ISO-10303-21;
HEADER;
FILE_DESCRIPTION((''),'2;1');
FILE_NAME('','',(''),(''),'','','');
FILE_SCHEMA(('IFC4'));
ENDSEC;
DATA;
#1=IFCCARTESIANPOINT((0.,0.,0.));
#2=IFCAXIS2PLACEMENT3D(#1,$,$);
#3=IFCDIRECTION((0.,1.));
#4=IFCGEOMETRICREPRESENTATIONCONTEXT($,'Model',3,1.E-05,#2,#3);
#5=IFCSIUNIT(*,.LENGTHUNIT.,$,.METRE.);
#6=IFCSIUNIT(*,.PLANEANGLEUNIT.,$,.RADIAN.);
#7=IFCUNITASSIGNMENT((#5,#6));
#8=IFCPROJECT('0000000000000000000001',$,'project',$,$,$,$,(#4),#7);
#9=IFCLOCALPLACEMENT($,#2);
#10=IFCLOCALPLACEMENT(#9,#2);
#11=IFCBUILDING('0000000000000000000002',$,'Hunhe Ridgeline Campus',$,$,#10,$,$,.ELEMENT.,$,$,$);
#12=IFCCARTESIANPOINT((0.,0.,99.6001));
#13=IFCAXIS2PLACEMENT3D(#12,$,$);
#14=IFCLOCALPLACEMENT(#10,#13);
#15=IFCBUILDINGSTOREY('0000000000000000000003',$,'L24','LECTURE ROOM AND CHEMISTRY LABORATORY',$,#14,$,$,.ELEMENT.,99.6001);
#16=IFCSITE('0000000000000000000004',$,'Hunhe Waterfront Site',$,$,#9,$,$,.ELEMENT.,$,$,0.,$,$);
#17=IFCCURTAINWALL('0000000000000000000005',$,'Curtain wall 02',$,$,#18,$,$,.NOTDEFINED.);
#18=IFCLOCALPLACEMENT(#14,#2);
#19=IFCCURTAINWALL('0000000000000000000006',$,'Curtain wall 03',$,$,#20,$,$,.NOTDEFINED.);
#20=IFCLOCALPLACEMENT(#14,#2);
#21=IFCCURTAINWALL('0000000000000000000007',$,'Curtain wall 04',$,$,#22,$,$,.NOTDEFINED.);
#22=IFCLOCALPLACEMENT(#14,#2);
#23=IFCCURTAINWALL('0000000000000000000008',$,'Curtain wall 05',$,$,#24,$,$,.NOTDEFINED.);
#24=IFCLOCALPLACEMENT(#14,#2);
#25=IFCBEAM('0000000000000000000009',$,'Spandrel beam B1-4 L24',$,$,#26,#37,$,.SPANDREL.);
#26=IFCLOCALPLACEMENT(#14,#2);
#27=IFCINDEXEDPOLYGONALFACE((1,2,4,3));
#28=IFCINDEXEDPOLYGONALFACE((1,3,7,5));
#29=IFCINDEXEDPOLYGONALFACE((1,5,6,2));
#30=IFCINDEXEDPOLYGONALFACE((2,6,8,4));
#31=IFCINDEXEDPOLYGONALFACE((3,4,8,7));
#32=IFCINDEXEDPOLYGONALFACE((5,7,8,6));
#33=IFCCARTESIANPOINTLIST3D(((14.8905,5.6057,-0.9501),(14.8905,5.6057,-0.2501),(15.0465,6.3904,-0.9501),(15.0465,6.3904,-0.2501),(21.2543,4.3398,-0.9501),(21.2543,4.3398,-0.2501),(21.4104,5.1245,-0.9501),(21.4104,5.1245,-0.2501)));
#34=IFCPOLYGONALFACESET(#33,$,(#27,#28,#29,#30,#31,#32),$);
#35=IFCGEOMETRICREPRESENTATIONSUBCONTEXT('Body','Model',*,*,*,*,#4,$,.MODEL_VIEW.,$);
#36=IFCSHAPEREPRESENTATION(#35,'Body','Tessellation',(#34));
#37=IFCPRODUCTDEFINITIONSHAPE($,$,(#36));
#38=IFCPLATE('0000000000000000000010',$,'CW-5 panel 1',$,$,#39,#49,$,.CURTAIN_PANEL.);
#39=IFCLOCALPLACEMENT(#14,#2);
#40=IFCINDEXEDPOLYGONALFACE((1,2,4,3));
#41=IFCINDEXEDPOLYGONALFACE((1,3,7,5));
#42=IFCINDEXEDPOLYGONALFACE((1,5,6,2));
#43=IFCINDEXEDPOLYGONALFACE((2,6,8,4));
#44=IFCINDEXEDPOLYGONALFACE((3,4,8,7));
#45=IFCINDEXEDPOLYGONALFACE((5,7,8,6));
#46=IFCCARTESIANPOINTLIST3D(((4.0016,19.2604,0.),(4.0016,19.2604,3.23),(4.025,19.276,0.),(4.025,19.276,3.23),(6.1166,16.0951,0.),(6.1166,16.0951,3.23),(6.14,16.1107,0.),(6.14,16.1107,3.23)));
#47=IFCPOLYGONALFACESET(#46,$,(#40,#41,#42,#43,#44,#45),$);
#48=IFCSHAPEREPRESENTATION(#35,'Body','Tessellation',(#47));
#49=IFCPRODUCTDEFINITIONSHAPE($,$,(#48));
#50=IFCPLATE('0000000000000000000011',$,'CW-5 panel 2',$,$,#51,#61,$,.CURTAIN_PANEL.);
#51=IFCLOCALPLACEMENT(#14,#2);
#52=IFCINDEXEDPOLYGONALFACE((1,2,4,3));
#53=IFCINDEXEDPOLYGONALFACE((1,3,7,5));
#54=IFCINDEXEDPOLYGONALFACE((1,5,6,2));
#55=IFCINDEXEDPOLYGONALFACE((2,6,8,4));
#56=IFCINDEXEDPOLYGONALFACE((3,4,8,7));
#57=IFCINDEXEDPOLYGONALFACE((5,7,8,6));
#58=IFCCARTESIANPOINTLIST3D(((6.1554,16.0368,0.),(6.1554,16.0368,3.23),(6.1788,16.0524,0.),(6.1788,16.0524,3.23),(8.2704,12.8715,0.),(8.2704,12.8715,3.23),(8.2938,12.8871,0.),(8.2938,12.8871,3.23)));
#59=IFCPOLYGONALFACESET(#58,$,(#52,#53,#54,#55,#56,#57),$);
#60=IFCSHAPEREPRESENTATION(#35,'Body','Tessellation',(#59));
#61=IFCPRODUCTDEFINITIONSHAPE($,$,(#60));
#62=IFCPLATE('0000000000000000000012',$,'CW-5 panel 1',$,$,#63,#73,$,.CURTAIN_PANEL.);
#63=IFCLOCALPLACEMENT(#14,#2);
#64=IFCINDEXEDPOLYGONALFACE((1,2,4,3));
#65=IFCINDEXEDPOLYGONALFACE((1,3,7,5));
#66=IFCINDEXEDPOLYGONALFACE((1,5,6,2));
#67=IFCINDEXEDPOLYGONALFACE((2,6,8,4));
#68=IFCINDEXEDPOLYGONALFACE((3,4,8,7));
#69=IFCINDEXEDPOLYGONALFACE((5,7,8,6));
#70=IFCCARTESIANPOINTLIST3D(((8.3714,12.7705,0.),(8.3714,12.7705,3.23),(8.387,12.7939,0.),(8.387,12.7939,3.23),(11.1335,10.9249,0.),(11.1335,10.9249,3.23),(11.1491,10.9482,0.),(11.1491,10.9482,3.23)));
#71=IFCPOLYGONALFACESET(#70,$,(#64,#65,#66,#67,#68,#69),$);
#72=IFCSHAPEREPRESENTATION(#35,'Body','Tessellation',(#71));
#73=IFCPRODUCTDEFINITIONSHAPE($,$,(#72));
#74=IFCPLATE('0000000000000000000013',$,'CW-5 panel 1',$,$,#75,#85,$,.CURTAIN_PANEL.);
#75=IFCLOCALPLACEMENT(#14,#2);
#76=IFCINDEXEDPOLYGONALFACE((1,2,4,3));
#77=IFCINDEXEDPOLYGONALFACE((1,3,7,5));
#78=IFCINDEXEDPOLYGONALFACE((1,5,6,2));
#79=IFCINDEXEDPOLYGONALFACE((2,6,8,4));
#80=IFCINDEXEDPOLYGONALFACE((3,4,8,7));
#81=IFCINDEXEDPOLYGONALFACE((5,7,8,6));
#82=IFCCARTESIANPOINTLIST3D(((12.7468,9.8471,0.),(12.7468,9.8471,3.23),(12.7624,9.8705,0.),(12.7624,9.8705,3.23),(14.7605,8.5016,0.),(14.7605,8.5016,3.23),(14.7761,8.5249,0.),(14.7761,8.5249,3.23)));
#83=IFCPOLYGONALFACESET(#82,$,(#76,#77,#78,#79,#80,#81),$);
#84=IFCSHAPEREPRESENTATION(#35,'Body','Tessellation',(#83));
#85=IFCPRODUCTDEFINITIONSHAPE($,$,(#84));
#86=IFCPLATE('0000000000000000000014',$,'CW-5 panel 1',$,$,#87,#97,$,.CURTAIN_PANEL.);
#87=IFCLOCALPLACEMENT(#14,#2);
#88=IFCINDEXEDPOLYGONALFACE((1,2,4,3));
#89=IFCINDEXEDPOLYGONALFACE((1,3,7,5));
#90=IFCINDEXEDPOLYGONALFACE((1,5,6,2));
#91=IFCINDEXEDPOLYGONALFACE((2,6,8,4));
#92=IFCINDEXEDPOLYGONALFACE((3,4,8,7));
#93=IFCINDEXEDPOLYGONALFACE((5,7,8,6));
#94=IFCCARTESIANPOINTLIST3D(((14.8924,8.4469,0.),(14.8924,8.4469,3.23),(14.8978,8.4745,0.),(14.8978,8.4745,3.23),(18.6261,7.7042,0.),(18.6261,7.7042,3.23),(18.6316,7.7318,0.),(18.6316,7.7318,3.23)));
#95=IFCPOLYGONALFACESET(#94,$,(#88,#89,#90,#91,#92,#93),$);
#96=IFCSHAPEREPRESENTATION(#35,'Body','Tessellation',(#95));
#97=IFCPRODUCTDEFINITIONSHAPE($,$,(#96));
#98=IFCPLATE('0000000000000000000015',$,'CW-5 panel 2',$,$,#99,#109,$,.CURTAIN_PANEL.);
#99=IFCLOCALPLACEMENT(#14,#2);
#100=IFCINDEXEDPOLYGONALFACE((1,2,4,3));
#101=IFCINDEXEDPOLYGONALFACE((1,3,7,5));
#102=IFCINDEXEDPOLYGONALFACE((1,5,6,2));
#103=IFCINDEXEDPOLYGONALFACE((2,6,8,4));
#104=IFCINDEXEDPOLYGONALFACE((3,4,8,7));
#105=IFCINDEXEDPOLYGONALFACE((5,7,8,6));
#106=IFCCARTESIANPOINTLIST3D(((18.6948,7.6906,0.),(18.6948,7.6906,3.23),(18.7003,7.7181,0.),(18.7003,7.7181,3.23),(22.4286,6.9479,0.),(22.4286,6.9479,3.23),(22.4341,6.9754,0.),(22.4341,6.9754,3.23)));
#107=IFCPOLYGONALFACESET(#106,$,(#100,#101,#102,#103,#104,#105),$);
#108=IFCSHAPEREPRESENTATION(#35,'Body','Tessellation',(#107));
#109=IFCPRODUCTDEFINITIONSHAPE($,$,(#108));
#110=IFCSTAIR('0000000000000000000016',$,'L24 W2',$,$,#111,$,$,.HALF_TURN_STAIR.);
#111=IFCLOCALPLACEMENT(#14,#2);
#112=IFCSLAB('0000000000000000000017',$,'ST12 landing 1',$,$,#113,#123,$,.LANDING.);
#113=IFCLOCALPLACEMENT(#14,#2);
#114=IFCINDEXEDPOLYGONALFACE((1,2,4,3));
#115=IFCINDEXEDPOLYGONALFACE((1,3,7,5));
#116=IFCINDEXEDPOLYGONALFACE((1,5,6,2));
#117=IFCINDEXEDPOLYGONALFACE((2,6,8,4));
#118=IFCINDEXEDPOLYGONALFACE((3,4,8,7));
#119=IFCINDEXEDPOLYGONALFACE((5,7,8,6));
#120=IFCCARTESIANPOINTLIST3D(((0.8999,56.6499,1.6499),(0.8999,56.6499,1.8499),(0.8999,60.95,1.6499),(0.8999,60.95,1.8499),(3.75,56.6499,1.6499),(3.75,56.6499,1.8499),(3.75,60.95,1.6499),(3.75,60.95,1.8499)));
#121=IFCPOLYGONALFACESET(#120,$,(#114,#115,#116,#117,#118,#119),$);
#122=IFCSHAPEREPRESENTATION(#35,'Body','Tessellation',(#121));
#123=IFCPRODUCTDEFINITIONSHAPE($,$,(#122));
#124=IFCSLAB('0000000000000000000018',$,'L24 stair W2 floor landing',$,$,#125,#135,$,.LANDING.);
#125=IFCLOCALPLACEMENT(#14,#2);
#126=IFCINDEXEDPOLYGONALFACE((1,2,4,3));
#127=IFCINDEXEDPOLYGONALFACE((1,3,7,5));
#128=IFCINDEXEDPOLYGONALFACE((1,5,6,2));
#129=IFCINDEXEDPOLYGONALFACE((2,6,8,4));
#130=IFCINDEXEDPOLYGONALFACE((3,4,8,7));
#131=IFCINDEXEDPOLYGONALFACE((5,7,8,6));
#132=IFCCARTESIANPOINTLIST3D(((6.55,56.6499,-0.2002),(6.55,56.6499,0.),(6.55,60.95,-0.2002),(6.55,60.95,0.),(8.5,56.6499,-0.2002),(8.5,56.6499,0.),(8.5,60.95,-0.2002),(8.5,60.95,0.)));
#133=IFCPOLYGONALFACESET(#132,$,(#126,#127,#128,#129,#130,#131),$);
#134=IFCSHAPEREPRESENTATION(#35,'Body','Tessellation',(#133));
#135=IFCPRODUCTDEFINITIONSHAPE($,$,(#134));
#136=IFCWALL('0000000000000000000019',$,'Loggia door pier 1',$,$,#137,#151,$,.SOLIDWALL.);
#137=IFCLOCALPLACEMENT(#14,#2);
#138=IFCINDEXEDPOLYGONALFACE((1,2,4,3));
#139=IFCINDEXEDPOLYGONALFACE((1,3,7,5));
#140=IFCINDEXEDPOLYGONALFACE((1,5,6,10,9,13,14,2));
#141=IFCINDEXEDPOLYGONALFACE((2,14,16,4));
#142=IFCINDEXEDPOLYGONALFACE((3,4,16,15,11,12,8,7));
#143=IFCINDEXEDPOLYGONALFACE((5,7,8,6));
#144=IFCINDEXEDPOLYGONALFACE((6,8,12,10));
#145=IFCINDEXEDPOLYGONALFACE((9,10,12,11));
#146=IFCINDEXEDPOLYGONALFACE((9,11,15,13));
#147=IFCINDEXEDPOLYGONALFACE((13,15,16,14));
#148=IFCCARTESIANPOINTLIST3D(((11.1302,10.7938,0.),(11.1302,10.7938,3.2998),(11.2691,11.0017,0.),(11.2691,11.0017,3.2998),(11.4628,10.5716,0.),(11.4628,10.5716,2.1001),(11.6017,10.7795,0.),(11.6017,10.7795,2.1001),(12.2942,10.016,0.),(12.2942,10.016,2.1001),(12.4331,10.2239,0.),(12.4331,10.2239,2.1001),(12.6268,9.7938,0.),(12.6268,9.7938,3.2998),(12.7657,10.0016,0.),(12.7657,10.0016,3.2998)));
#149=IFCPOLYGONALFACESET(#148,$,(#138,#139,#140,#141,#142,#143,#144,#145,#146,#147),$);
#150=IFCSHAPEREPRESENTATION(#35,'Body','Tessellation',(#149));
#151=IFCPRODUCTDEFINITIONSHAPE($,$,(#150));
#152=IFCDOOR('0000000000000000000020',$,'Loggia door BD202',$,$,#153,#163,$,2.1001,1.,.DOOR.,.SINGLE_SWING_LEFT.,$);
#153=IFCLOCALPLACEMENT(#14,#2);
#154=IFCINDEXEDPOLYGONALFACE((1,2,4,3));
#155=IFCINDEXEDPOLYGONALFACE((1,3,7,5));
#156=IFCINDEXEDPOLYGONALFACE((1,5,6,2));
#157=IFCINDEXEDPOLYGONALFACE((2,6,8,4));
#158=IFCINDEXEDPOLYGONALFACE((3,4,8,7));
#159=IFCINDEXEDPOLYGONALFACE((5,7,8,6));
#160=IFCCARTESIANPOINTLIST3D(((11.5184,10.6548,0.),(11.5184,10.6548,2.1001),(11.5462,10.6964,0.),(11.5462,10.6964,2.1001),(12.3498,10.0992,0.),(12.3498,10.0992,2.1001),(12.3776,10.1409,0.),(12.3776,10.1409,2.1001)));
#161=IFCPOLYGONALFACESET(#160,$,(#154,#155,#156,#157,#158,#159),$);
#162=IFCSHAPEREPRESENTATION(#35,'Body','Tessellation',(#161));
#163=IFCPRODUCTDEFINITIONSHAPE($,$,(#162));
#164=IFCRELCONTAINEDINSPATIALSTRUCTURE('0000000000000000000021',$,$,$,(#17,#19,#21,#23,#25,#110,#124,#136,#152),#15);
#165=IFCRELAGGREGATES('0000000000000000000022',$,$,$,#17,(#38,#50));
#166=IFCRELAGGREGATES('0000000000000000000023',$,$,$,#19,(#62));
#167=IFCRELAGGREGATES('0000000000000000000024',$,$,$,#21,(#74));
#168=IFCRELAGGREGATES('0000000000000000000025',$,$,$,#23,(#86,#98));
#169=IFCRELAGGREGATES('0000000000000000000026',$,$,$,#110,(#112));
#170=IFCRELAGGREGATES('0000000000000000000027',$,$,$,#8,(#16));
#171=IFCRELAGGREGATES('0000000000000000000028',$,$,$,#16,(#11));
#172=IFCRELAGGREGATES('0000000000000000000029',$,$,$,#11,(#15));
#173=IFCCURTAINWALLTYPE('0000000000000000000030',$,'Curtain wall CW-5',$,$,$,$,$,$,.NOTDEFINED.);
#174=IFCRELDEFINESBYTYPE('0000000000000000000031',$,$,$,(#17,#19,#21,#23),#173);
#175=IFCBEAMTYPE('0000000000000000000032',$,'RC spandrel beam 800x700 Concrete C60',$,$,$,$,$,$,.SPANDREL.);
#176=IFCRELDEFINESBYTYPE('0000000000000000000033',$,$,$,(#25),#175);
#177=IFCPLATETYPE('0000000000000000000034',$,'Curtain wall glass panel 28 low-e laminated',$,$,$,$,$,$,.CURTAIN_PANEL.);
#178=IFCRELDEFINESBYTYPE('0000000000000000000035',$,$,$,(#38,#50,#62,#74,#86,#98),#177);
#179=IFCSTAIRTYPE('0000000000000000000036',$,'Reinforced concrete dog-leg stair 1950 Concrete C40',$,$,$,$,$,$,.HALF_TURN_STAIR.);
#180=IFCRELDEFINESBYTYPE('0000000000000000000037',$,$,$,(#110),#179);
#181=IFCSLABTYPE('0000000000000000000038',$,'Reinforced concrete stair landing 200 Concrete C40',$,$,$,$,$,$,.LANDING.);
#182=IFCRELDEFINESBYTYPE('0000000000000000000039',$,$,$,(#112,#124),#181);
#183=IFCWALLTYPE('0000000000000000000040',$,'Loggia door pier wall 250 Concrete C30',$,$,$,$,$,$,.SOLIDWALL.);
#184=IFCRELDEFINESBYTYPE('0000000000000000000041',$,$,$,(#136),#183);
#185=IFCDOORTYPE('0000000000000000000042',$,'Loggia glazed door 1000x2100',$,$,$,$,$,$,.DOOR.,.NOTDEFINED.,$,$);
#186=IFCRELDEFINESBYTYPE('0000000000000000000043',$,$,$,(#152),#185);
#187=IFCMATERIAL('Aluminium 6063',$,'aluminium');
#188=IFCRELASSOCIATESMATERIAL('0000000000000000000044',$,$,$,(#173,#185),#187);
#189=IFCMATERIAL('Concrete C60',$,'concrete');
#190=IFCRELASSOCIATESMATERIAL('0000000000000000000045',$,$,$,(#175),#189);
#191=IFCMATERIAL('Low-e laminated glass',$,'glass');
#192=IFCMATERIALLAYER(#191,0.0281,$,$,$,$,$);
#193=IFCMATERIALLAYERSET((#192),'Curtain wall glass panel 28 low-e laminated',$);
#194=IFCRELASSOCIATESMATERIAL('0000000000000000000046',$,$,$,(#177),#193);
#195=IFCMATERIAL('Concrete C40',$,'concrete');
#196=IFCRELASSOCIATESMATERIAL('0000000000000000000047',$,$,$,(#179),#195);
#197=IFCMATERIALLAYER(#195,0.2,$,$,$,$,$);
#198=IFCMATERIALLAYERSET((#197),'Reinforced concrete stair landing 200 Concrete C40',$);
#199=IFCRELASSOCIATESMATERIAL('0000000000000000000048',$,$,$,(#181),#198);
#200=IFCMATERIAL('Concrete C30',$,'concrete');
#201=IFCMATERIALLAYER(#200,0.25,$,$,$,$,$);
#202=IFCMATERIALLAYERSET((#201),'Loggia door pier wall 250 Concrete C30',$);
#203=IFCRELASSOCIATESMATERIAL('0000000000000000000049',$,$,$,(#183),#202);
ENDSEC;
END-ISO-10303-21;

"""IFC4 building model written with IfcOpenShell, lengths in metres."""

from ifc_helpers import new_model, si_unit, direction, frame, frame_2d, origin, origin_2d, place, context, subcontext, project, spatial, polyline, rectangle, outline, extrude, material, layer, layer_set, material_profile, profile_set, type_object, element, fill, aggregate, save


model = new_model("IFC4")

# Units and contexts
model_context = context("Model", 3, precision=1e-05, world=origin(), true_north=direction((0.0, 1.0)))
body_context = subcontext(model_context, "Body", "Model", "MODEL_VIEW")
ifc_project = project(units=[si_unit("LENGTHUNIT", "METRE"), si_unit("PLANEANGLEUNIT", "RADIAN")], contexts=[model_context])

# Site, building, storey
site_placement = place(None, origin())
site = spatial("IfcSite", under=ifc_project, at=site_placement, Name="Hunhe Waterfront Site", CompositionType="ELEMENT", RefElevation=0.0)
building_placement = place(site_placement, origin())
building = spatial("IfcBuilding", under=site, at=building_placement, Name="Hunhe Ridgeline Campus", CompositionType="ELEMENT")
storey_placement = place(building_placement, frame((0.0, 0.0, 99.6001)))
storey = spatial("IfcBuildingStorey", under=building, at=storey_placement, Name="L24", Description="LECTURE ROOM AND CHEMISTRY LABORATORY", CompositionType="ELEMENT", Elevation=99.6001)

# Curtain walls
ifc_material_1 = material(Name="Aluminium 6063", Category="aluminium")
curtain_wall_type = type_object("IfcCurtainWallType", Name="Curtain wall CW-5", PredefinedType="NOTDEFINED", material=ifc_material_1)
curtain_wall_1_placement = place(storey_placement, origin())
curtain_wall_1 = element("IfcCurtainWall", 1, at=curtain_wall_1_placement, inside=storey, type_object=curtain_wall_type, Name="Curtain wall 02", PredefinedType="NOTDEFINED")
curtain_wall_2_placement = place(storey_placement, origin())
curtain_wall_2 = element("IfcCurtainWall", 2, at=curtain_wall_2_placement, inside=storey, type_object=curtain_wall_type, Name="Curtain wall 03", PredefinedType="NOTDEFINED")
curtain_wall_3_placement = place(storey_placement, origin())
curtain_wall_3 = element("IfcCurtainWall", 3, at=curtain_wall_3_placement, inside=storey, type_object=curtain_wall_type, Name="Curtain wall 04", PredefinedType="NOTDEFINED")
curtain_wall_4_placement = place(storey_placement, origin())
curtain_wall_4 = element("IfcCurtainWall", 4, at=curtain_wall_4_placement, inside=storey, type_object=curtain_wall_type, Name="Curtain wall 05", PredefinedType="NOTDEFINED")

# Beam
ifc_material_2 = material(Name="Concrete C60", Category="concrete")
ifc_material_profile_1 = material_profile(ifc_material_2, rectangle(XDim=0.8, YDim=0.7, at=origin_2d()))
ifc_profile_set_1 = profile_set([ifc_material_profile_1], Name="Concrete C60")
beam_type = type_object("IfcBeamType", Name="RC spandrel beam 800x700 Concrete C60", PredefinedType="SPANDREL", material=ifc_profile_set_1)
for number, where, z_axis, x_axis, name in (
    (5, (14.9685, 5.998, -0.6001), (0.980784, -0.195096, 0.0), (0.195096, 0.980784, 0.0), "Spandrel beam B1-4 L24"),
):
    element("IfcBeam", number, at=place(storey_placement, frame(where, z_axis=z_axis, x_axis=x_axis)), inside=storey, type_object=beam_type, Name=name, PredefinedType="SPANDREL", context=body_context, shape_type="SweptSolid", body=[
        extrude(rectangle(XDim=0.8, YDim=0.7, at=origin_2d()), origin(), (0.0, 0.0, 1.0), 6.4885),
    ])

# Plates
ifc_material_3 = material(Name="Low-e laminated glass", Category="glass")
ifc_layer_1 = layer(ifc_material_3, 0.0281)
ifc_layer_set_1 = layer_set([ifc_layer_1], Name="Curtain wall glass panel 28 low-e laminated")
plate_type = type_object("IfcPlateType", Name="Curtain wall glass panel 28 low-e laminated", PredefinedType="CURTAIN_PANEL", material=ifc_layer_set_1)
plate_1_placement = place(storey_placement, frame((5.0708, 17.6855, 0.0), z_axis=(0.0, 0.0, 1.0), x_axis=(0.55557, -0.83147, 0.0)))
plate_1 = element("IfcPlate", 6, at=plate_1_placement, type_object=plate_type, Name="CW-5 panel 1", PredefinedType="CURTAIN_PANEL", context=body_context, shape_type="SweptSolid", body=[
    extrude(rectangle(XDim=3.8069, YDim=0.0281, at=origin_2d()), origin(), (0.0, 0.0, 1.0), 3.23),
])
plate_2_placement = place(storey_placement, frame((7.2246, 14.4619, 0.0), z_axis=(0.0, 0.0, 1.0), x_axis=(0.55557, -0.83147, 0.0)))
plate_2 = element("IfcPlate", 7, at=plate_2_placement, type_object=plate_type, Name="CW-5 panel 2", PredefinedType="CURTAIN_PANEL", context=body_context, shape_type="SweptSolid", body=[
    extrude(rectangle(XDim=3.8069, YDim=0.0281, at=origin_2d()), origin(), (0.0, 0.0, 1.0), 3.23),
])
aggregate(curtain_wall_1, [plate_1, plate_2])
plate_3_placement = place(storey_placement, frame((9.7603, 11.8594, 0.0), z_axis=(0.0, 0.0, 1.0), x_axis=(0.83147, -0.55557, 0.0)))
plate_3 = element("IfcPlate", 8, at=plate_3_placement, type_object=plate_type, Name="CW-5 panel 1", PredefinedType="CURTAIN_PANEL", context=body_context, shape_type="SweptSolid", body=[
    extrude(rectangle(XDim=3.322, YDim=0.0281, at=origin_2d()), origin(), (0.0, 0.0, 1.0), 3.23),
])
aggregate(curtain_wall_2, [plate_3])
plate_4_placement = place(storey_placement, frame((13.7615, 9.186, 0.0), z_axis=(0.0, 0.0, 1.0), x_axis=(0.83147, -0.55557, 0.0)))
plate_4 = element("IfcPlate", 9, at=plate_4_placement, type_object=plate_type, Name="CW-5 panel 1", PredefinedType="CURTAIN_PANEL", context=body_context, shape_type="SweptSolid", body=[
    extrude(rectangle(XDim=2.4219, YDim=0.0281, at=origin_2d()), origin(), (0.0, 0.0, 1.0), 3.23),
])
aggregate(curtain_wall_3, [plate_4])
plate_5_placement = place(storey_placement, frame((16.762, 8.0894, 0.0), z_axis=(0.0, 0.0, 1.0), x_axis=(0.980785, -0.19509, 0.0)))
plate_5 = element("IfcPlate", 10, at=plate_5_placement, type_object=plate_type, Name="CW-5 panel 1", PredefinedType="CURTAIN_PANEL", context=body_context, shape_type="SweptSolid", body=[
    extrude(rectangle(XDim=3.8069, YDim=0.0281, at=origin_2d()), origin(), (0.0, 0.0, 1.0), 3.23),
])
plate_6_placement = place(storey_placement, frame((20.5645, 7.333, 0.0), z_axis=(0.0, 0.0, 1.0), x_axis=(0.980785, -0.19509, 0.0)))
plate_6 = element("IfcPlate", 11, at=plate_6_placement, type_object=plate_type, Name="CW-5 panel 2", PredefinedType="CURTAIN_PANEL", context=body_context, shape_type="SweptSolid", body=[
    extrude(rectangle(XDim=3.8069, YDim=0.0281, at=origin_2d()), origin(), (0.0, 0.0, 1.0), 3.23),
])
aggregate(curtain_wall_4, [plate_5, plate_6])

# Stair, slab
ifc_material_4 = material(Name="Concrete C40", Category="concrete")
stair_type = type_object("IfcStairType", Name="Reinforced concrete dog-leg stair 1950 Concrete C40", PredefinedType="HALF_TURN_STAIR", material=ifc_material_4)
stair_placement = place(storey_placement, origin())
stair = element("IfcStair", 12, at=stair_placement, inside=storey, type_object=stair_type, Name="L24 W2", PredefinedType="HALF_TURN_STAIR")
ifc_layer_2 = layer(ifc_material_4, 0.2)
ifc_layer_set_2 = layer_set([ifc_layer_2], Name="Reinforced concrete stair landing 200 Concrete C40")
slab_type = type_object("IfcSlabType", Name="Reinforced concrete stair landing 200 Concrete C40", PredefinedType="LANDING", material=ifc_layer_set_2)
slab_1_placement = place(storey_placement, frame((0.0, 0.0, 1.6499)))
slab_1 = element("IfcSlab", 13, at=slab_1_placement, type_object=slab_type, Name="ST12 landing 1", PredefinedType="LANDING", context=body_context, shape_type="SweptSolid", body=[
    extrude(outline(polyline([(3.75, 60.95), (0.8999, 60.95), (0.8999, 56.6499), (3.75, 56.6499), (3.75, 60.95)])), origin(), (0.0, 0.0, 1.0), 0.2),
])
aggregate(stair, [slab_1])

# Slab
slab_2_placement = place(storey_placement, frame((0.0, 0.0, -0.2002)))
element("IfcSlab", 14, at=slab_2_placement, inside=storey, type_object=slab_type, Name="L24 stair W2 floor landing", PredefinedType="LANDING", context=body_context, shape_type="SweptSolid", body=[
    extrude(outline(polyline([(8.5, 60.95), (6.55, 60.95), (6.55, 56.6499), (8.5, 56.6499), (8.5, 60.95)])), origin(), (0.0, 0.0, 1.0), 0.2002),
])

# Wall, opening, door
ifc_material_5 = material(Name="Concrete C30", Category="concrete")
ifc_layer_3 = layer(ifc_material_5, 0.25)
ifc_layer_set_3 = layer_set([ifc_layer_3], Name="Loggia door pier wall 250 Concrete C30")
wall_type_1 = type_object("IfcWallType", Name="Loggia door pier wall 250 Concrete C30", PredefinedType="SOLIDWALL", material=ifc_layer_set_3)
wall_1_placement = place(storey_placement, frame((11.1997, 10.8977, 0.0), z_axis=(0.0, 0.0, 1.0), x_axis=(0.831466, -0.555576, 0.0)))
wall_1 = element("IfcWall", 15, at=wall_1_placement, inside=storey, type_object=wall_type_1, Name="Loggia door pier 1", PredefinedType="SOLIDWALL", context=body_context, shape_type="SweptSolid", body=[
    extrude(rectangle(XDim=1.8, YDim=0.25, at=frame_2d((0.8999, 0.0))), origin(), (0.0, 0.0, 1.0), 3.2998),
])
opening_1_placement = place(wall_1_placement, frame((0.3999, 0.0, 0.0)))
opening_1 = element("IfcOpeningElement", 16, at=opening_1_placement, cuts=wall_1, PredefinedType="OPENING", context=body_context, shape_type="SweptSolid", body=[
    extrude(rectangle(XDim=1.0, YDim=2.1001, at=frame_2d((0.5, 1.05))), frame((0.0, 0.125, 0.0), z_axis=(0.0, -1.0, 0.0), x_axis=(1.0, 0.0, 0.0)), (0.0, 0.0, 1.0), 0.25),
])
door_type_1 = type_object("IfcDoorType", Name="Loggia glazed door 1000x2100", OperationType="NOTDEFINED", PredefinedType="DOOR", material=ifc_material_1)
door_1_placement = place(opening_1_placement, frame((1.0, 0.0, 0.0), z_axis=(0.0, 0.0, 1.0), x_axis=(-1.0, 0.0, 0.0)))
door_1 = element("IfcDoor", 17, at=door_1_placement, inside=storey, type_object=door_type_1, Name="Loggia door BD202", OperationType="SINGLE_SWING_LEFT", OverallHeight=2.1001, OverallWidth=1.0, PredefinedType="DOOR", context=body_context, shape_type="SweptSolid", body=[
    extrude(rectangle(XDim=1.0, YDim=2.1001, at=frame_2d((0.5, 1.05))), frame((0.0, 0.0249, 0.0), z_axis=(0.0, -1.0, 0.0), x_axis=(1.0, 0.0, 0.0)), (0.0, 0.0, 1.0), 0.05),
])
fill(opening_1, door_1)

save(model, "model.ifc")
